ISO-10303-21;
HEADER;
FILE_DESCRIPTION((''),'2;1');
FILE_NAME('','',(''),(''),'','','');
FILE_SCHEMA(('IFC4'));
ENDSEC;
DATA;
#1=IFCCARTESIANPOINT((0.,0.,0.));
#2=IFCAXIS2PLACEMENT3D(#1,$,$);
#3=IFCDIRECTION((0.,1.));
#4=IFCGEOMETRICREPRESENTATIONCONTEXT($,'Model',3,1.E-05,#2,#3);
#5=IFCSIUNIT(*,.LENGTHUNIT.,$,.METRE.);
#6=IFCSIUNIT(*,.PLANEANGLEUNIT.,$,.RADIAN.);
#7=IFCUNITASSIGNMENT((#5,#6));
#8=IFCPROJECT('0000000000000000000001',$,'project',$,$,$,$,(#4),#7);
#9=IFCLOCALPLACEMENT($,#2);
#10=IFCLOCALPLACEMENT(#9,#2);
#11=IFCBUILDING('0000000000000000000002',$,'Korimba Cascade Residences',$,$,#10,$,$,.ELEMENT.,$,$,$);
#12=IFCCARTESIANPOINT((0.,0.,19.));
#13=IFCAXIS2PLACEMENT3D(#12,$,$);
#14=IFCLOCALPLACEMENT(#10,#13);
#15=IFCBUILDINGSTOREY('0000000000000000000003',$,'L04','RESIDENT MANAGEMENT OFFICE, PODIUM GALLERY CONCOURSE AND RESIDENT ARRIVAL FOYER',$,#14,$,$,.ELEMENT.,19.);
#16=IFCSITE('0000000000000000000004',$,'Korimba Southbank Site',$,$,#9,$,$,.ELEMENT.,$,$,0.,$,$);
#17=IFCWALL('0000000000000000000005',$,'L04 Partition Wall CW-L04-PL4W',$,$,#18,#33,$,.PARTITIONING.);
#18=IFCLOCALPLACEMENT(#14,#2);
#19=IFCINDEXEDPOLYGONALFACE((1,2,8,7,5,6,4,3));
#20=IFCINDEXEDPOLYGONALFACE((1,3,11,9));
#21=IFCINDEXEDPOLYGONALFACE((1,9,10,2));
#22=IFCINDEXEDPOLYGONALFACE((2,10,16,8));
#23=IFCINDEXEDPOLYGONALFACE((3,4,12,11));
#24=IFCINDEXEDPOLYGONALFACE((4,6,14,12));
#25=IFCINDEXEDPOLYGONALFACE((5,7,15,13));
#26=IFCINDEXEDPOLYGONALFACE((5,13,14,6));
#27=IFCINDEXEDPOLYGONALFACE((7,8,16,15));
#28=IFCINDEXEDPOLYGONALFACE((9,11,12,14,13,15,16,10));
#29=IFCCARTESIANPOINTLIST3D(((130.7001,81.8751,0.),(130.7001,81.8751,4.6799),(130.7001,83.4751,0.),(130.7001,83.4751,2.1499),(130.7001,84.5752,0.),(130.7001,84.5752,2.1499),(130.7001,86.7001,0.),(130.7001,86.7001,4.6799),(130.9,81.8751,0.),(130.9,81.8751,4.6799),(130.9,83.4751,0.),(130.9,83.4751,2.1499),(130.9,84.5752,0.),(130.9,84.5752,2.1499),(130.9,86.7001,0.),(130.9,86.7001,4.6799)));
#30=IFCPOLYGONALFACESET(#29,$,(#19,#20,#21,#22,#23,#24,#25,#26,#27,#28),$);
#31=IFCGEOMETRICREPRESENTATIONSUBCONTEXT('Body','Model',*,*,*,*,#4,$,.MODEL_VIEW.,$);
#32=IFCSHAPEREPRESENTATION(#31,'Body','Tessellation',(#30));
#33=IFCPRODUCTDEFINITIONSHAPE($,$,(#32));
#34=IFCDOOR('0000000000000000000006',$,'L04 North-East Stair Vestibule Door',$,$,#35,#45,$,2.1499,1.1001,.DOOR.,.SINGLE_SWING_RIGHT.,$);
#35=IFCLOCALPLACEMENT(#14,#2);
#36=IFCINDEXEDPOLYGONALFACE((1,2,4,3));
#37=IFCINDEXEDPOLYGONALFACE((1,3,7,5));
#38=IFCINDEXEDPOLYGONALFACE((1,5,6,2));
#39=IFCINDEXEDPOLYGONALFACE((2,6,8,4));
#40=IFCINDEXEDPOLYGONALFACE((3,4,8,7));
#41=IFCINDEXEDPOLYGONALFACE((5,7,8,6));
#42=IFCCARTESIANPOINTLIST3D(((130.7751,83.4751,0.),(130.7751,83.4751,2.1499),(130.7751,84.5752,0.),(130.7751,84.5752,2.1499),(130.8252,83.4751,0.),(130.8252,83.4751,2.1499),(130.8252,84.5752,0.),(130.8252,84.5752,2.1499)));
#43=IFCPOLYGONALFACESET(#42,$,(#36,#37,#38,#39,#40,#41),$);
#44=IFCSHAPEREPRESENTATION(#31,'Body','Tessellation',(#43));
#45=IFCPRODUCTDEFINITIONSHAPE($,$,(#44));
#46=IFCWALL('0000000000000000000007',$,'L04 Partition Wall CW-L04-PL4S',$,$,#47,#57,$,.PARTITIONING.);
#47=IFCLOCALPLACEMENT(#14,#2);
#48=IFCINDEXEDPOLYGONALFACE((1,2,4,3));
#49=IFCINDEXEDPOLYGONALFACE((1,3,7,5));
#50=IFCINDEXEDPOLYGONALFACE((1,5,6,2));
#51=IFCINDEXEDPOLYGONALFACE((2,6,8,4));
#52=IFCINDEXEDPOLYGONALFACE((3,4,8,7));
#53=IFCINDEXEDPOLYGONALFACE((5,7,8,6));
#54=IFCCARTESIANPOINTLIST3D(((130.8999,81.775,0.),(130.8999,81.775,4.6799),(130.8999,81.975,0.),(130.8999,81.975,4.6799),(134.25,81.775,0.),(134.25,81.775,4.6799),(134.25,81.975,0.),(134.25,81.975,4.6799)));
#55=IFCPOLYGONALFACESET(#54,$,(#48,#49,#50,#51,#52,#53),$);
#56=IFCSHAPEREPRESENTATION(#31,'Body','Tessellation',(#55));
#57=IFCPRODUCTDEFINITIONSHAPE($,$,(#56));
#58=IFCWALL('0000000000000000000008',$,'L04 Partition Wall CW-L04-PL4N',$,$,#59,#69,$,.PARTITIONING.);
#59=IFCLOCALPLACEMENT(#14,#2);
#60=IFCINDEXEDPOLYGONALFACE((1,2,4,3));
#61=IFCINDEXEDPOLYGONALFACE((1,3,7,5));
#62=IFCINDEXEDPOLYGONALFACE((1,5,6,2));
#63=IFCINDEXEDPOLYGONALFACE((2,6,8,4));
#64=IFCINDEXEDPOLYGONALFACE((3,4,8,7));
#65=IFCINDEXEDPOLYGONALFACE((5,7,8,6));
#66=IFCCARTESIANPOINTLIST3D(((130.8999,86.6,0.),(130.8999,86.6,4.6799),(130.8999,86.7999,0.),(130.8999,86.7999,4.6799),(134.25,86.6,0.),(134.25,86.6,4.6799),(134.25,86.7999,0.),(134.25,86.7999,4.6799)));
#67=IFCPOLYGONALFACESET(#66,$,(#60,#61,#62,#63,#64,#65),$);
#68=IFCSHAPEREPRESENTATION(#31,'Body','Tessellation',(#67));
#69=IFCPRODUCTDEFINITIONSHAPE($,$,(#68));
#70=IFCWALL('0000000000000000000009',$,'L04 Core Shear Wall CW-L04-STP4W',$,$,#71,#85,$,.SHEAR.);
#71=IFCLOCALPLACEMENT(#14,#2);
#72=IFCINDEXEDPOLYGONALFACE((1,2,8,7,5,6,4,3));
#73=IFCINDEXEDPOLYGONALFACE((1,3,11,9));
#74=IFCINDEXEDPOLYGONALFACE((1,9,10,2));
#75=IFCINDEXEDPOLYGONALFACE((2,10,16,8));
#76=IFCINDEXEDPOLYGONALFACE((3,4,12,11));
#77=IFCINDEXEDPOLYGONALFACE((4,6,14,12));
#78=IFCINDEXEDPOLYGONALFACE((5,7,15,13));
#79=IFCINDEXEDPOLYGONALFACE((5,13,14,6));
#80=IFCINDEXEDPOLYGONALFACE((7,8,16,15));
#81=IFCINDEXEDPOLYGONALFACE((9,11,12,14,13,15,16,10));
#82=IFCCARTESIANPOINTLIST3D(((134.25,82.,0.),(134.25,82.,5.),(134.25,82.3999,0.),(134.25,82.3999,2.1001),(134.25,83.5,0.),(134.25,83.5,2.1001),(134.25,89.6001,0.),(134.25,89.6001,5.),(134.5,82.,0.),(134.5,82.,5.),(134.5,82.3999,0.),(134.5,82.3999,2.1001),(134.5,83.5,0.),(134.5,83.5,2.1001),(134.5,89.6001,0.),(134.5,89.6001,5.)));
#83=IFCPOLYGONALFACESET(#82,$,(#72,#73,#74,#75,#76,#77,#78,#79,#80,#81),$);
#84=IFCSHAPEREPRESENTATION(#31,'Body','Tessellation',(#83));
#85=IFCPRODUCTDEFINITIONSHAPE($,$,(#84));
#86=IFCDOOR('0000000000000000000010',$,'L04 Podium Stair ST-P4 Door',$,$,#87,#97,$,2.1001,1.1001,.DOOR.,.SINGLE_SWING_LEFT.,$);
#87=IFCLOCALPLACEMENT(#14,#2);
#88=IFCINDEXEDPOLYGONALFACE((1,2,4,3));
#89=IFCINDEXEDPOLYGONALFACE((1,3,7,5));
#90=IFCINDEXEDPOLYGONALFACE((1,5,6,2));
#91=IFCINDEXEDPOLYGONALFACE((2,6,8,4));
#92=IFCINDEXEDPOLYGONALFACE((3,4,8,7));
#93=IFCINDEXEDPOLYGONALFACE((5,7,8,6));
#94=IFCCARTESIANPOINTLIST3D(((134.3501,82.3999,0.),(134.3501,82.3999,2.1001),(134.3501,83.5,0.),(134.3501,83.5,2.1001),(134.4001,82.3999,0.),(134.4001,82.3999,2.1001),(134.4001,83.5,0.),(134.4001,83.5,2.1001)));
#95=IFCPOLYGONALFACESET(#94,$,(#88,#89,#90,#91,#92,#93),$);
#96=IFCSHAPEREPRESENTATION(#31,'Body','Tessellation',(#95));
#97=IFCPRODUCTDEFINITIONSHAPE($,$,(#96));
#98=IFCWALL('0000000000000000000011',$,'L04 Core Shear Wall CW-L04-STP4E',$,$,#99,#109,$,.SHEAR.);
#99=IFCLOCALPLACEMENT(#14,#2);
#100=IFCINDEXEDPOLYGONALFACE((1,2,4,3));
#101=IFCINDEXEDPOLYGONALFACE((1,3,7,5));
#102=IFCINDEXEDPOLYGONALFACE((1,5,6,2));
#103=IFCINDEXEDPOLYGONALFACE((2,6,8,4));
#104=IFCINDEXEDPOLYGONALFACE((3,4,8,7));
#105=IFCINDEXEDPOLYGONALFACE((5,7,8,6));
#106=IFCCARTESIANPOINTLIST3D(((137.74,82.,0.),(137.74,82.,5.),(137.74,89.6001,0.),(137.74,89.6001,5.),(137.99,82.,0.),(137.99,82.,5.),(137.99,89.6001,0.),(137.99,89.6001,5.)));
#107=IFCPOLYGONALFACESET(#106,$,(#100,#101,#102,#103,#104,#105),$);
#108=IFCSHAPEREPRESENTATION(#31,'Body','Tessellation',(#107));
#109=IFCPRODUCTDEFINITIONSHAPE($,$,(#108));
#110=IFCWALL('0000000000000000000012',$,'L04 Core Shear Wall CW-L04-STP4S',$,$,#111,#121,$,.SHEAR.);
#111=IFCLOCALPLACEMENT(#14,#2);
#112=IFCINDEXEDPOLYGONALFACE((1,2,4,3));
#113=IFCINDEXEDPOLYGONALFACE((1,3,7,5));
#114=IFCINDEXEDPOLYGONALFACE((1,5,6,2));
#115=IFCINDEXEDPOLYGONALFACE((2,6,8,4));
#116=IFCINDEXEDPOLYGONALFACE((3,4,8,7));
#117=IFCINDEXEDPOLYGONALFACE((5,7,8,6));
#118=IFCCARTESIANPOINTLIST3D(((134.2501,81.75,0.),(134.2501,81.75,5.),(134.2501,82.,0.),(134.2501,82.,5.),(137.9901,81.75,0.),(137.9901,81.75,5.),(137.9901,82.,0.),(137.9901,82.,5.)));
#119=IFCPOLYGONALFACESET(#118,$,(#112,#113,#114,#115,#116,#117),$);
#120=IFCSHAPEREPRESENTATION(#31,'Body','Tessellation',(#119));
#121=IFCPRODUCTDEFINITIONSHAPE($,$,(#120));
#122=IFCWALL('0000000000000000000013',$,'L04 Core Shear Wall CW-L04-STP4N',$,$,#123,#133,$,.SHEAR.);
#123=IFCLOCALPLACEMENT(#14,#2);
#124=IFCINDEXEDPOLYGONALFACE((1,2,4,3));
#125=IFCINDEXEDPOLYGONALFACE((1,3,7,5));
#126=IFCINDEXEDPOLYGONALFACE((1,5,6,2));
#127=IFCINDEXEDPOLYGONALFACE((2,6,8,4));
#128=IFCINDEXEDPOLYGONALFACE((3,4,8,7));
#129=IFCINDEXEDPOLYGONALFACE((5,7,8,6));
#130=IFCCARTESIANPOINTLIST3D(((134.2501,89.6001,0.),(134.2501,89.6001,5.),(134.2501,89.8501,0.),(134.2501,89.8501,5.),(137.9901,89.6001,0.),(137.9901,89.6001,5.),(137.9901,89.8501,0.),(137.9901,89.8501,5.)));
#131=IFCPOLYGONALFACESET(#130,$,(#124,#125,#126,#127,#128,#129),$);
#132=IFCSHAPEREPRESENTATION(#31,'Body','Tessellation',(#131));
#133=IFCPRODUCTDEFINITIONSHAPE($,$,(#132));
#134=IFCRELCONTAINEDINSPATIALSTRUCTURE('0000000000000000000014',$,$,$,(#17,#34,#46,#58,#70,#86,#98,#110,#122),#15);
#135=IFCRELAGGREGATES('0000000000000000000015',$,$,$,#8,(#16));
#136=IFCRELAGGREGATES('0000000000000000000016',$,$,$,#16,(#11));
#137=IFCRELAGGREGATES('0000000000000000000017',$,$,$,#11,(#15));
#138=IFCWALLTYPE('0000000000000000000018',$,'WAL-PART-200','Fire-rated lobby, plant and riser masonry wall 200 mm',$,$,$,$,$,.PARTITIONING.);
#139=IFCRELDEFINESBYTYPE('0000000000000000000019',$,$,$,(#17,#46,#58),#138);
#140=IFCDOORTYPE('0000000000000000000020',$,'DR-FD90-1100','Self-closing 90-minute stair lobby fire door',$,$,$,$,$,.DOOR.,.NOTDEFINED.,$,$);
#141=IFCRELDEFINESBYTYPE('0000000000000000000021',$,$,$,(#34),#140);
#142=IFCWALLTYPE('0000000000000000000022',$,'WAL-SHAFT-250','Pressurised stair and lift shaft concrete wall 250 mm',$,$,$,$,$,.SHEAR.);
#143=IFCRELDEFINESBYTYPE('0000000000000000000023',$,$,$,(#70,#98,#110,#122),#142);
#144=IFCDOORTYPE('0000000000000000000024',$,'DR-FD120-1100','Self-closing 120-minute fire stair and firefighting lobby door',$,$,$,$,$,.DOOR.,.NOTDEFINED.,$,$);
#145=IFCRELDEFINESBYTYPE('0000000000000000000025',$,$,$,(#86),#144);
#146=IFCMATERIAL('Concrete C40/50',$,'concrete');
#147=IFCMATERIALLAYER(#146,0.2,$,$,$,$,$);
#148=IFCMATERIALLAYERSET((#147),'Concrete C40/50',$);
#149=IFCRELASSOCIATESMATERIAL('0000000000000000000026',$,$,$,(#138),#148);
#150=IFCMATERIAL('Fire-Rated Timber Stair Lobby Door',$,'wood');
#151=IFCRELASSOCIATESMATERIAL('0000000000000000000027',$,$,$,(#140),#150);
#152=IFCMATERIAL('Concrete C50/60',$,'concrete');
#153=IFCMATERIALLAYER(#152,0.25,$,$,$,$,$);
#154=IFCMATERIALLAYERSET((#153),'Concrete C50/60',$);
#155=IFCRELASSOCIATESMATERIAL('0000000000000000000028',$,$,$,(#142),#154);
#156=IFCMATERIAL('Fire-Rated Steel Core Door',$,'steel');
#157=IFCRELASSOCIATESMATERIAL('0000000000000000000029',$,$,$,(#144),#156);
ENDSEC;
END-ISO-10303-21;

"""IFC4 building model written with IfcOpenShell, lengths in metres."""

from ifc_helpers import new_model, si_unit, direction, frame, frame_2d, origin, place, context, subcontext, project, spatial, rectangle, extrude, material, layer, layer_set, type_object, element, fill, save


model = new_model("IFC4")

# Units and contexts
model_context = context("Model", 3, precision=1e-05, world=origin(), true_north=direction((0.0, 1.0)))
body_context = subcontext(model_context, "Body", "Model", "MODEL_VIEW")
ifc_project = project(units=[si_unit("LENGTHUNIT", "METRE"), si_unit("PLANEANGLEUNIT", "RADIAN")], contexts=[model_context])

# Site, building, storey
site_placement = place(None, origin())
site = spatial("IfcSite", under=ifc_project, at=site_placement, Name="Korimba Southbank Site", CompositionType="ELEMENT", RefElevation=0.0)
building_placement = place(site_placement, origin())
building = spatial("IfcBuilding", under=site, at=building_placement, Name="Korimba Cascade Residences", CompositionType="ELEMENT")
storey_placement = place(building_placement, frame((0.0, 0.0, 19.0)))
storey = spatial("IfcBuildingStorey", under=building, at=storey_placement, Name="L04", Description="RESIDENT MANAGEMENT OFFICE, PODIUM GALLERY CONCOURSE AND RESIDENT ARRIVAL FOYER", CompositionType="ELEMENT", Elevation=19.0)

# Wall, opening, door
ifc_material_1 = material(Name="Concrete C40/50", Category="concrete")
ifc_layer_1 = layer(ifc_material_1, 0.2)
ifc_layer_set_1 = layer_set([ifc_layer_1], Name="Concrete C40/50")
wall_type_1 = type_object("IfcWallType", Name="WAL-PART-200", Description="Fire-rated lobby, plant and riser masonry wall 200 mm", PredefinedType="PARTITIONING", material=ifc_layer_set_1)
wall_1_placement = place(storey_placement, frame((130.8, 81.875, 0.0), z_axis=(0.0, 0.0, 1.0), x_axis=(0.0, 1.0, 0.0)))
wall_1 = element("IfcWall", 1, at=wall_1_placement, inside=storey, type_object=wall_type_1, Name="L04 Partition Wall CW-L04-PL4W", PredefinedType="PARTITIONING", context=body_context, shape_type="SweptSolid", body=[
    extrude(rectangle(XDim=4.825, YDim=0.2, at=frame_2d((2.4126, 0.0))), origin(), (0.0, 0.0, 1.0), 4.6799),
])
opening_1_placement = place(wall_1_placement, frame((1.6001, 0.0, 0.0)))
opening_1 = element("IfcOpeningElement", 2, at=opening_1_placement, cuts=wall_1, PredefinedType="OPENING", context=body_context, shape_type="SweptSolid", body=[
    extrude(rectangle(XDim=1.1001, YDim=2.1499, at=frame_2d((0.55, 1.075))), frame((0.0, 0.1099, 0.0), z_axis=(0.0, -1.0, 0.0), x_axis=(1.0, 0.0, 0.0)), (0.0, 0.0, 1.0), 0.22),
])
ifc_material_2 = material(Name="Fire-Rated Timber Stair Lobby Door", Category="wood")
door_type_1 = type_object("IfcDoorType", Name="DR-FD90-1100", Description="Self-closing 90-minute stair lobby fire door", OperationType="NOTDEFINED", PredefinedType="DOOR", material=ifc_material_2)
door_1_placement = place(opening_1_placement, origin())
door_1 = element("IfcDoor", 3, at=door_1_placement, inside=storey, type_object=door_type_1, Name="L04 North-East Stair Vestibule Door", OperationType="SINGLE_SWING_RIGHT", OverallHeight=2.1499, OverallWidth=1.1001, PredefinedType="DOOR", context=body_context, shape_type="SweptSolid", body=[
    extrude(rectangle(XDim=1.1001, YDim=2.1499, at=frame_2d((0.55, 1.075))), frame((0.0, 0.0249, 0.0), z_axis=(0.0, -1.0, 0.0), x_axis=(1.0, 0.0, 0.0)), (0.0, 0.0, 1.0), 0.05),
])
fill(opening_1, door_1)

# Walls
for number, where, z_axis, x_axis, name in (
    (4, (130.8999, 81.875, 0.0), (0.0, 0.0, 1.0), (1.0, 0.0, 0.0), "L04 Partition Wall CW-L04-PL4S"),
    (5, (130.8999, 86.7, 0.0), (0.0, 0.0, 1.0), (1.0, 0.0, 0.0), "L04 Partition Wall CW-L04-PL4N"),
):
    element("IfcWall", number, at=place(storey_placement, frame(where, z_axis=z_axis, x_axis=x_axis)), inside=storey, type_object=wall_type_1, Name=name, PredefinedType="PARTITIONING", context=body_context, shape_type="SweptSolid", body=[
        extrude(rectangle(XDim=3.3501, YDim=0.2, at=frame_2d((1.675, 0.0))), origin(), (0.0, 0.0, 1.0), 4.6799),
    ])

# Wall, opening, door
ifc_material_3 = material(Name="Concrete C50/60", Category="concrete")
ifc_layer_2 = layer(ifc_material_3, 0.25)
ifc_layer_set_2 = layer_set([ifc_layer_2], Name="Concrete C50/60")
wall_type_2 = type_object("IfcWallType", Name="WAL-SHAFT-250", Description="Pressurised stair and lift shaft concrete wall 250 mm", PredefinedType="SHEAR", material=ifc_layer_set_2)
wall_2_placement = place(storey_placement, frame((134.375, 82.0, 0.0), z_axis=(0.0, 0.0, 1.0), x_axis=(0.0, 1.0, 0.0)))
wall_2 = element("IfcWall", 6, at=wall_2_placement, inside=storey, type_object=wall_type_2, Name="L04 Core Shear Wall CW-L04-STP4W", PredefinedType="SHEAR", context=body_context, shape_type="SweptSolid", body=[
    extrude(rectangle(XDim=7.6001, YDim=0.25, at=frame_2d((3.8, 0.0))), origin(), (0.0, 0.0, 1.0), 5.0),
])
opening_2_placement = place(wall_2_placement, frame((0.3999, 0.0, 0.0)))
opening_2 = element("IfcOpeningElement", 7, at=opening_2_placement, cuts=wall_2, PredefinedType="OPENING", context=body_context, shape_type="SweptSolid", body=[
    extrude(rectangle(XDim=1.1001, YDim=2.1001, at=frame_2d((0.55, 1.05))), frame((0.0, 0.135, 0.0), z_axis=(0.0, -1.0, 0.0), x_axis=(1.0, 0.0, 0.0)), (0.0, 0.0, 1.0), 0.27),
])
ifc_material_4 = material(Name="Fire-Rated Steel Core Door", Category="steel")
door_type_2 = type_object("IfcDoorType", Name="DR-FD120-1100", Description="Self-closing 120-minute fire stair and firefighting lobby door", OperationType="NOTDEFINED", PredefinedType="DOOR", material=ifc_material_4)
door_2_placement = place(opening_2_placement, origin())
door_2 = element("IfcDoor", 8, at=door_2_placement, inside=storey, type_object=door_type_2, Name="L04 Podium Stair ST-P4 Door", OperationType="SINGLE_SWING_LEFT", OverallHeight=2.1001, OverallWidth=1.1001, PredefinedType="DOOR", context=body_context, shape_type="SweptSolid", body=[
    extrude(rectangle(XDim=1.1001, YDim=2.1001, at=frame_2d((0.55, 1.05))), frame((0.0, 0.0249, 0.0), z_axis=(0.0, -1.0, 0.0), x_axis=(1.0, 0.0, 0.0)), (0.0, 0.0, 1.0), 0.05),
])
fill(opening_2, door_2)

# Walls
wall_3_placement = place(storey_placement, frame((137.865, 82.0, 0.0), z_axis=(0.0, 0.0, 1.0), x_axis=(0.0, 1.0, 0.0)))
element("IfcWall", 9, at=wall_3_placement, inside=storey, type_object=wall_type_2, Name="L04 Core Shear Wall CW-L04-STP4E", PredefinedType="SHEAR", context=body_context, shape_type="SweptSolid", body=[
    extrude(rectangle(XDim=7.6001, YDim=0.25, at=frame_2d((3.8, 0.0))), origin(), (0.0, 0.0, 1.0), 5.0),
])
for number, where, z_axis, x_axis, name in (
    (10, (134.25, 81.875, 0.0), (0.0, 0.0, 1.0), (1.0, 0.0, 0.0), "L04 Core Shear Wall CW-L04-STP4S"),
    (11, (134.25, 89.7251, 0.0), (0.0, 0.0, 1.0), (1.0, 0.0, 0.0), "L04 Core Shear Wall CW-L04-STP4N"),
):
    element("IfcWall", number, at=place(storey_placement, frame(where, z_axis=z_axis, x_axis=x_axis)), inside=storey, type_object=wall_type_2, Name=name, PredefinedType="SHEAR", context=body_context, shape_type="SweptSolid", body=[
        extrude(rectangle(XDim=3.74, YDim=0.25, at=frame_2d((1.8701, 0.0))), origin(), (0.0, 0.0, 1.0), 5.0),
    ])

save(model, "model.ifc")
